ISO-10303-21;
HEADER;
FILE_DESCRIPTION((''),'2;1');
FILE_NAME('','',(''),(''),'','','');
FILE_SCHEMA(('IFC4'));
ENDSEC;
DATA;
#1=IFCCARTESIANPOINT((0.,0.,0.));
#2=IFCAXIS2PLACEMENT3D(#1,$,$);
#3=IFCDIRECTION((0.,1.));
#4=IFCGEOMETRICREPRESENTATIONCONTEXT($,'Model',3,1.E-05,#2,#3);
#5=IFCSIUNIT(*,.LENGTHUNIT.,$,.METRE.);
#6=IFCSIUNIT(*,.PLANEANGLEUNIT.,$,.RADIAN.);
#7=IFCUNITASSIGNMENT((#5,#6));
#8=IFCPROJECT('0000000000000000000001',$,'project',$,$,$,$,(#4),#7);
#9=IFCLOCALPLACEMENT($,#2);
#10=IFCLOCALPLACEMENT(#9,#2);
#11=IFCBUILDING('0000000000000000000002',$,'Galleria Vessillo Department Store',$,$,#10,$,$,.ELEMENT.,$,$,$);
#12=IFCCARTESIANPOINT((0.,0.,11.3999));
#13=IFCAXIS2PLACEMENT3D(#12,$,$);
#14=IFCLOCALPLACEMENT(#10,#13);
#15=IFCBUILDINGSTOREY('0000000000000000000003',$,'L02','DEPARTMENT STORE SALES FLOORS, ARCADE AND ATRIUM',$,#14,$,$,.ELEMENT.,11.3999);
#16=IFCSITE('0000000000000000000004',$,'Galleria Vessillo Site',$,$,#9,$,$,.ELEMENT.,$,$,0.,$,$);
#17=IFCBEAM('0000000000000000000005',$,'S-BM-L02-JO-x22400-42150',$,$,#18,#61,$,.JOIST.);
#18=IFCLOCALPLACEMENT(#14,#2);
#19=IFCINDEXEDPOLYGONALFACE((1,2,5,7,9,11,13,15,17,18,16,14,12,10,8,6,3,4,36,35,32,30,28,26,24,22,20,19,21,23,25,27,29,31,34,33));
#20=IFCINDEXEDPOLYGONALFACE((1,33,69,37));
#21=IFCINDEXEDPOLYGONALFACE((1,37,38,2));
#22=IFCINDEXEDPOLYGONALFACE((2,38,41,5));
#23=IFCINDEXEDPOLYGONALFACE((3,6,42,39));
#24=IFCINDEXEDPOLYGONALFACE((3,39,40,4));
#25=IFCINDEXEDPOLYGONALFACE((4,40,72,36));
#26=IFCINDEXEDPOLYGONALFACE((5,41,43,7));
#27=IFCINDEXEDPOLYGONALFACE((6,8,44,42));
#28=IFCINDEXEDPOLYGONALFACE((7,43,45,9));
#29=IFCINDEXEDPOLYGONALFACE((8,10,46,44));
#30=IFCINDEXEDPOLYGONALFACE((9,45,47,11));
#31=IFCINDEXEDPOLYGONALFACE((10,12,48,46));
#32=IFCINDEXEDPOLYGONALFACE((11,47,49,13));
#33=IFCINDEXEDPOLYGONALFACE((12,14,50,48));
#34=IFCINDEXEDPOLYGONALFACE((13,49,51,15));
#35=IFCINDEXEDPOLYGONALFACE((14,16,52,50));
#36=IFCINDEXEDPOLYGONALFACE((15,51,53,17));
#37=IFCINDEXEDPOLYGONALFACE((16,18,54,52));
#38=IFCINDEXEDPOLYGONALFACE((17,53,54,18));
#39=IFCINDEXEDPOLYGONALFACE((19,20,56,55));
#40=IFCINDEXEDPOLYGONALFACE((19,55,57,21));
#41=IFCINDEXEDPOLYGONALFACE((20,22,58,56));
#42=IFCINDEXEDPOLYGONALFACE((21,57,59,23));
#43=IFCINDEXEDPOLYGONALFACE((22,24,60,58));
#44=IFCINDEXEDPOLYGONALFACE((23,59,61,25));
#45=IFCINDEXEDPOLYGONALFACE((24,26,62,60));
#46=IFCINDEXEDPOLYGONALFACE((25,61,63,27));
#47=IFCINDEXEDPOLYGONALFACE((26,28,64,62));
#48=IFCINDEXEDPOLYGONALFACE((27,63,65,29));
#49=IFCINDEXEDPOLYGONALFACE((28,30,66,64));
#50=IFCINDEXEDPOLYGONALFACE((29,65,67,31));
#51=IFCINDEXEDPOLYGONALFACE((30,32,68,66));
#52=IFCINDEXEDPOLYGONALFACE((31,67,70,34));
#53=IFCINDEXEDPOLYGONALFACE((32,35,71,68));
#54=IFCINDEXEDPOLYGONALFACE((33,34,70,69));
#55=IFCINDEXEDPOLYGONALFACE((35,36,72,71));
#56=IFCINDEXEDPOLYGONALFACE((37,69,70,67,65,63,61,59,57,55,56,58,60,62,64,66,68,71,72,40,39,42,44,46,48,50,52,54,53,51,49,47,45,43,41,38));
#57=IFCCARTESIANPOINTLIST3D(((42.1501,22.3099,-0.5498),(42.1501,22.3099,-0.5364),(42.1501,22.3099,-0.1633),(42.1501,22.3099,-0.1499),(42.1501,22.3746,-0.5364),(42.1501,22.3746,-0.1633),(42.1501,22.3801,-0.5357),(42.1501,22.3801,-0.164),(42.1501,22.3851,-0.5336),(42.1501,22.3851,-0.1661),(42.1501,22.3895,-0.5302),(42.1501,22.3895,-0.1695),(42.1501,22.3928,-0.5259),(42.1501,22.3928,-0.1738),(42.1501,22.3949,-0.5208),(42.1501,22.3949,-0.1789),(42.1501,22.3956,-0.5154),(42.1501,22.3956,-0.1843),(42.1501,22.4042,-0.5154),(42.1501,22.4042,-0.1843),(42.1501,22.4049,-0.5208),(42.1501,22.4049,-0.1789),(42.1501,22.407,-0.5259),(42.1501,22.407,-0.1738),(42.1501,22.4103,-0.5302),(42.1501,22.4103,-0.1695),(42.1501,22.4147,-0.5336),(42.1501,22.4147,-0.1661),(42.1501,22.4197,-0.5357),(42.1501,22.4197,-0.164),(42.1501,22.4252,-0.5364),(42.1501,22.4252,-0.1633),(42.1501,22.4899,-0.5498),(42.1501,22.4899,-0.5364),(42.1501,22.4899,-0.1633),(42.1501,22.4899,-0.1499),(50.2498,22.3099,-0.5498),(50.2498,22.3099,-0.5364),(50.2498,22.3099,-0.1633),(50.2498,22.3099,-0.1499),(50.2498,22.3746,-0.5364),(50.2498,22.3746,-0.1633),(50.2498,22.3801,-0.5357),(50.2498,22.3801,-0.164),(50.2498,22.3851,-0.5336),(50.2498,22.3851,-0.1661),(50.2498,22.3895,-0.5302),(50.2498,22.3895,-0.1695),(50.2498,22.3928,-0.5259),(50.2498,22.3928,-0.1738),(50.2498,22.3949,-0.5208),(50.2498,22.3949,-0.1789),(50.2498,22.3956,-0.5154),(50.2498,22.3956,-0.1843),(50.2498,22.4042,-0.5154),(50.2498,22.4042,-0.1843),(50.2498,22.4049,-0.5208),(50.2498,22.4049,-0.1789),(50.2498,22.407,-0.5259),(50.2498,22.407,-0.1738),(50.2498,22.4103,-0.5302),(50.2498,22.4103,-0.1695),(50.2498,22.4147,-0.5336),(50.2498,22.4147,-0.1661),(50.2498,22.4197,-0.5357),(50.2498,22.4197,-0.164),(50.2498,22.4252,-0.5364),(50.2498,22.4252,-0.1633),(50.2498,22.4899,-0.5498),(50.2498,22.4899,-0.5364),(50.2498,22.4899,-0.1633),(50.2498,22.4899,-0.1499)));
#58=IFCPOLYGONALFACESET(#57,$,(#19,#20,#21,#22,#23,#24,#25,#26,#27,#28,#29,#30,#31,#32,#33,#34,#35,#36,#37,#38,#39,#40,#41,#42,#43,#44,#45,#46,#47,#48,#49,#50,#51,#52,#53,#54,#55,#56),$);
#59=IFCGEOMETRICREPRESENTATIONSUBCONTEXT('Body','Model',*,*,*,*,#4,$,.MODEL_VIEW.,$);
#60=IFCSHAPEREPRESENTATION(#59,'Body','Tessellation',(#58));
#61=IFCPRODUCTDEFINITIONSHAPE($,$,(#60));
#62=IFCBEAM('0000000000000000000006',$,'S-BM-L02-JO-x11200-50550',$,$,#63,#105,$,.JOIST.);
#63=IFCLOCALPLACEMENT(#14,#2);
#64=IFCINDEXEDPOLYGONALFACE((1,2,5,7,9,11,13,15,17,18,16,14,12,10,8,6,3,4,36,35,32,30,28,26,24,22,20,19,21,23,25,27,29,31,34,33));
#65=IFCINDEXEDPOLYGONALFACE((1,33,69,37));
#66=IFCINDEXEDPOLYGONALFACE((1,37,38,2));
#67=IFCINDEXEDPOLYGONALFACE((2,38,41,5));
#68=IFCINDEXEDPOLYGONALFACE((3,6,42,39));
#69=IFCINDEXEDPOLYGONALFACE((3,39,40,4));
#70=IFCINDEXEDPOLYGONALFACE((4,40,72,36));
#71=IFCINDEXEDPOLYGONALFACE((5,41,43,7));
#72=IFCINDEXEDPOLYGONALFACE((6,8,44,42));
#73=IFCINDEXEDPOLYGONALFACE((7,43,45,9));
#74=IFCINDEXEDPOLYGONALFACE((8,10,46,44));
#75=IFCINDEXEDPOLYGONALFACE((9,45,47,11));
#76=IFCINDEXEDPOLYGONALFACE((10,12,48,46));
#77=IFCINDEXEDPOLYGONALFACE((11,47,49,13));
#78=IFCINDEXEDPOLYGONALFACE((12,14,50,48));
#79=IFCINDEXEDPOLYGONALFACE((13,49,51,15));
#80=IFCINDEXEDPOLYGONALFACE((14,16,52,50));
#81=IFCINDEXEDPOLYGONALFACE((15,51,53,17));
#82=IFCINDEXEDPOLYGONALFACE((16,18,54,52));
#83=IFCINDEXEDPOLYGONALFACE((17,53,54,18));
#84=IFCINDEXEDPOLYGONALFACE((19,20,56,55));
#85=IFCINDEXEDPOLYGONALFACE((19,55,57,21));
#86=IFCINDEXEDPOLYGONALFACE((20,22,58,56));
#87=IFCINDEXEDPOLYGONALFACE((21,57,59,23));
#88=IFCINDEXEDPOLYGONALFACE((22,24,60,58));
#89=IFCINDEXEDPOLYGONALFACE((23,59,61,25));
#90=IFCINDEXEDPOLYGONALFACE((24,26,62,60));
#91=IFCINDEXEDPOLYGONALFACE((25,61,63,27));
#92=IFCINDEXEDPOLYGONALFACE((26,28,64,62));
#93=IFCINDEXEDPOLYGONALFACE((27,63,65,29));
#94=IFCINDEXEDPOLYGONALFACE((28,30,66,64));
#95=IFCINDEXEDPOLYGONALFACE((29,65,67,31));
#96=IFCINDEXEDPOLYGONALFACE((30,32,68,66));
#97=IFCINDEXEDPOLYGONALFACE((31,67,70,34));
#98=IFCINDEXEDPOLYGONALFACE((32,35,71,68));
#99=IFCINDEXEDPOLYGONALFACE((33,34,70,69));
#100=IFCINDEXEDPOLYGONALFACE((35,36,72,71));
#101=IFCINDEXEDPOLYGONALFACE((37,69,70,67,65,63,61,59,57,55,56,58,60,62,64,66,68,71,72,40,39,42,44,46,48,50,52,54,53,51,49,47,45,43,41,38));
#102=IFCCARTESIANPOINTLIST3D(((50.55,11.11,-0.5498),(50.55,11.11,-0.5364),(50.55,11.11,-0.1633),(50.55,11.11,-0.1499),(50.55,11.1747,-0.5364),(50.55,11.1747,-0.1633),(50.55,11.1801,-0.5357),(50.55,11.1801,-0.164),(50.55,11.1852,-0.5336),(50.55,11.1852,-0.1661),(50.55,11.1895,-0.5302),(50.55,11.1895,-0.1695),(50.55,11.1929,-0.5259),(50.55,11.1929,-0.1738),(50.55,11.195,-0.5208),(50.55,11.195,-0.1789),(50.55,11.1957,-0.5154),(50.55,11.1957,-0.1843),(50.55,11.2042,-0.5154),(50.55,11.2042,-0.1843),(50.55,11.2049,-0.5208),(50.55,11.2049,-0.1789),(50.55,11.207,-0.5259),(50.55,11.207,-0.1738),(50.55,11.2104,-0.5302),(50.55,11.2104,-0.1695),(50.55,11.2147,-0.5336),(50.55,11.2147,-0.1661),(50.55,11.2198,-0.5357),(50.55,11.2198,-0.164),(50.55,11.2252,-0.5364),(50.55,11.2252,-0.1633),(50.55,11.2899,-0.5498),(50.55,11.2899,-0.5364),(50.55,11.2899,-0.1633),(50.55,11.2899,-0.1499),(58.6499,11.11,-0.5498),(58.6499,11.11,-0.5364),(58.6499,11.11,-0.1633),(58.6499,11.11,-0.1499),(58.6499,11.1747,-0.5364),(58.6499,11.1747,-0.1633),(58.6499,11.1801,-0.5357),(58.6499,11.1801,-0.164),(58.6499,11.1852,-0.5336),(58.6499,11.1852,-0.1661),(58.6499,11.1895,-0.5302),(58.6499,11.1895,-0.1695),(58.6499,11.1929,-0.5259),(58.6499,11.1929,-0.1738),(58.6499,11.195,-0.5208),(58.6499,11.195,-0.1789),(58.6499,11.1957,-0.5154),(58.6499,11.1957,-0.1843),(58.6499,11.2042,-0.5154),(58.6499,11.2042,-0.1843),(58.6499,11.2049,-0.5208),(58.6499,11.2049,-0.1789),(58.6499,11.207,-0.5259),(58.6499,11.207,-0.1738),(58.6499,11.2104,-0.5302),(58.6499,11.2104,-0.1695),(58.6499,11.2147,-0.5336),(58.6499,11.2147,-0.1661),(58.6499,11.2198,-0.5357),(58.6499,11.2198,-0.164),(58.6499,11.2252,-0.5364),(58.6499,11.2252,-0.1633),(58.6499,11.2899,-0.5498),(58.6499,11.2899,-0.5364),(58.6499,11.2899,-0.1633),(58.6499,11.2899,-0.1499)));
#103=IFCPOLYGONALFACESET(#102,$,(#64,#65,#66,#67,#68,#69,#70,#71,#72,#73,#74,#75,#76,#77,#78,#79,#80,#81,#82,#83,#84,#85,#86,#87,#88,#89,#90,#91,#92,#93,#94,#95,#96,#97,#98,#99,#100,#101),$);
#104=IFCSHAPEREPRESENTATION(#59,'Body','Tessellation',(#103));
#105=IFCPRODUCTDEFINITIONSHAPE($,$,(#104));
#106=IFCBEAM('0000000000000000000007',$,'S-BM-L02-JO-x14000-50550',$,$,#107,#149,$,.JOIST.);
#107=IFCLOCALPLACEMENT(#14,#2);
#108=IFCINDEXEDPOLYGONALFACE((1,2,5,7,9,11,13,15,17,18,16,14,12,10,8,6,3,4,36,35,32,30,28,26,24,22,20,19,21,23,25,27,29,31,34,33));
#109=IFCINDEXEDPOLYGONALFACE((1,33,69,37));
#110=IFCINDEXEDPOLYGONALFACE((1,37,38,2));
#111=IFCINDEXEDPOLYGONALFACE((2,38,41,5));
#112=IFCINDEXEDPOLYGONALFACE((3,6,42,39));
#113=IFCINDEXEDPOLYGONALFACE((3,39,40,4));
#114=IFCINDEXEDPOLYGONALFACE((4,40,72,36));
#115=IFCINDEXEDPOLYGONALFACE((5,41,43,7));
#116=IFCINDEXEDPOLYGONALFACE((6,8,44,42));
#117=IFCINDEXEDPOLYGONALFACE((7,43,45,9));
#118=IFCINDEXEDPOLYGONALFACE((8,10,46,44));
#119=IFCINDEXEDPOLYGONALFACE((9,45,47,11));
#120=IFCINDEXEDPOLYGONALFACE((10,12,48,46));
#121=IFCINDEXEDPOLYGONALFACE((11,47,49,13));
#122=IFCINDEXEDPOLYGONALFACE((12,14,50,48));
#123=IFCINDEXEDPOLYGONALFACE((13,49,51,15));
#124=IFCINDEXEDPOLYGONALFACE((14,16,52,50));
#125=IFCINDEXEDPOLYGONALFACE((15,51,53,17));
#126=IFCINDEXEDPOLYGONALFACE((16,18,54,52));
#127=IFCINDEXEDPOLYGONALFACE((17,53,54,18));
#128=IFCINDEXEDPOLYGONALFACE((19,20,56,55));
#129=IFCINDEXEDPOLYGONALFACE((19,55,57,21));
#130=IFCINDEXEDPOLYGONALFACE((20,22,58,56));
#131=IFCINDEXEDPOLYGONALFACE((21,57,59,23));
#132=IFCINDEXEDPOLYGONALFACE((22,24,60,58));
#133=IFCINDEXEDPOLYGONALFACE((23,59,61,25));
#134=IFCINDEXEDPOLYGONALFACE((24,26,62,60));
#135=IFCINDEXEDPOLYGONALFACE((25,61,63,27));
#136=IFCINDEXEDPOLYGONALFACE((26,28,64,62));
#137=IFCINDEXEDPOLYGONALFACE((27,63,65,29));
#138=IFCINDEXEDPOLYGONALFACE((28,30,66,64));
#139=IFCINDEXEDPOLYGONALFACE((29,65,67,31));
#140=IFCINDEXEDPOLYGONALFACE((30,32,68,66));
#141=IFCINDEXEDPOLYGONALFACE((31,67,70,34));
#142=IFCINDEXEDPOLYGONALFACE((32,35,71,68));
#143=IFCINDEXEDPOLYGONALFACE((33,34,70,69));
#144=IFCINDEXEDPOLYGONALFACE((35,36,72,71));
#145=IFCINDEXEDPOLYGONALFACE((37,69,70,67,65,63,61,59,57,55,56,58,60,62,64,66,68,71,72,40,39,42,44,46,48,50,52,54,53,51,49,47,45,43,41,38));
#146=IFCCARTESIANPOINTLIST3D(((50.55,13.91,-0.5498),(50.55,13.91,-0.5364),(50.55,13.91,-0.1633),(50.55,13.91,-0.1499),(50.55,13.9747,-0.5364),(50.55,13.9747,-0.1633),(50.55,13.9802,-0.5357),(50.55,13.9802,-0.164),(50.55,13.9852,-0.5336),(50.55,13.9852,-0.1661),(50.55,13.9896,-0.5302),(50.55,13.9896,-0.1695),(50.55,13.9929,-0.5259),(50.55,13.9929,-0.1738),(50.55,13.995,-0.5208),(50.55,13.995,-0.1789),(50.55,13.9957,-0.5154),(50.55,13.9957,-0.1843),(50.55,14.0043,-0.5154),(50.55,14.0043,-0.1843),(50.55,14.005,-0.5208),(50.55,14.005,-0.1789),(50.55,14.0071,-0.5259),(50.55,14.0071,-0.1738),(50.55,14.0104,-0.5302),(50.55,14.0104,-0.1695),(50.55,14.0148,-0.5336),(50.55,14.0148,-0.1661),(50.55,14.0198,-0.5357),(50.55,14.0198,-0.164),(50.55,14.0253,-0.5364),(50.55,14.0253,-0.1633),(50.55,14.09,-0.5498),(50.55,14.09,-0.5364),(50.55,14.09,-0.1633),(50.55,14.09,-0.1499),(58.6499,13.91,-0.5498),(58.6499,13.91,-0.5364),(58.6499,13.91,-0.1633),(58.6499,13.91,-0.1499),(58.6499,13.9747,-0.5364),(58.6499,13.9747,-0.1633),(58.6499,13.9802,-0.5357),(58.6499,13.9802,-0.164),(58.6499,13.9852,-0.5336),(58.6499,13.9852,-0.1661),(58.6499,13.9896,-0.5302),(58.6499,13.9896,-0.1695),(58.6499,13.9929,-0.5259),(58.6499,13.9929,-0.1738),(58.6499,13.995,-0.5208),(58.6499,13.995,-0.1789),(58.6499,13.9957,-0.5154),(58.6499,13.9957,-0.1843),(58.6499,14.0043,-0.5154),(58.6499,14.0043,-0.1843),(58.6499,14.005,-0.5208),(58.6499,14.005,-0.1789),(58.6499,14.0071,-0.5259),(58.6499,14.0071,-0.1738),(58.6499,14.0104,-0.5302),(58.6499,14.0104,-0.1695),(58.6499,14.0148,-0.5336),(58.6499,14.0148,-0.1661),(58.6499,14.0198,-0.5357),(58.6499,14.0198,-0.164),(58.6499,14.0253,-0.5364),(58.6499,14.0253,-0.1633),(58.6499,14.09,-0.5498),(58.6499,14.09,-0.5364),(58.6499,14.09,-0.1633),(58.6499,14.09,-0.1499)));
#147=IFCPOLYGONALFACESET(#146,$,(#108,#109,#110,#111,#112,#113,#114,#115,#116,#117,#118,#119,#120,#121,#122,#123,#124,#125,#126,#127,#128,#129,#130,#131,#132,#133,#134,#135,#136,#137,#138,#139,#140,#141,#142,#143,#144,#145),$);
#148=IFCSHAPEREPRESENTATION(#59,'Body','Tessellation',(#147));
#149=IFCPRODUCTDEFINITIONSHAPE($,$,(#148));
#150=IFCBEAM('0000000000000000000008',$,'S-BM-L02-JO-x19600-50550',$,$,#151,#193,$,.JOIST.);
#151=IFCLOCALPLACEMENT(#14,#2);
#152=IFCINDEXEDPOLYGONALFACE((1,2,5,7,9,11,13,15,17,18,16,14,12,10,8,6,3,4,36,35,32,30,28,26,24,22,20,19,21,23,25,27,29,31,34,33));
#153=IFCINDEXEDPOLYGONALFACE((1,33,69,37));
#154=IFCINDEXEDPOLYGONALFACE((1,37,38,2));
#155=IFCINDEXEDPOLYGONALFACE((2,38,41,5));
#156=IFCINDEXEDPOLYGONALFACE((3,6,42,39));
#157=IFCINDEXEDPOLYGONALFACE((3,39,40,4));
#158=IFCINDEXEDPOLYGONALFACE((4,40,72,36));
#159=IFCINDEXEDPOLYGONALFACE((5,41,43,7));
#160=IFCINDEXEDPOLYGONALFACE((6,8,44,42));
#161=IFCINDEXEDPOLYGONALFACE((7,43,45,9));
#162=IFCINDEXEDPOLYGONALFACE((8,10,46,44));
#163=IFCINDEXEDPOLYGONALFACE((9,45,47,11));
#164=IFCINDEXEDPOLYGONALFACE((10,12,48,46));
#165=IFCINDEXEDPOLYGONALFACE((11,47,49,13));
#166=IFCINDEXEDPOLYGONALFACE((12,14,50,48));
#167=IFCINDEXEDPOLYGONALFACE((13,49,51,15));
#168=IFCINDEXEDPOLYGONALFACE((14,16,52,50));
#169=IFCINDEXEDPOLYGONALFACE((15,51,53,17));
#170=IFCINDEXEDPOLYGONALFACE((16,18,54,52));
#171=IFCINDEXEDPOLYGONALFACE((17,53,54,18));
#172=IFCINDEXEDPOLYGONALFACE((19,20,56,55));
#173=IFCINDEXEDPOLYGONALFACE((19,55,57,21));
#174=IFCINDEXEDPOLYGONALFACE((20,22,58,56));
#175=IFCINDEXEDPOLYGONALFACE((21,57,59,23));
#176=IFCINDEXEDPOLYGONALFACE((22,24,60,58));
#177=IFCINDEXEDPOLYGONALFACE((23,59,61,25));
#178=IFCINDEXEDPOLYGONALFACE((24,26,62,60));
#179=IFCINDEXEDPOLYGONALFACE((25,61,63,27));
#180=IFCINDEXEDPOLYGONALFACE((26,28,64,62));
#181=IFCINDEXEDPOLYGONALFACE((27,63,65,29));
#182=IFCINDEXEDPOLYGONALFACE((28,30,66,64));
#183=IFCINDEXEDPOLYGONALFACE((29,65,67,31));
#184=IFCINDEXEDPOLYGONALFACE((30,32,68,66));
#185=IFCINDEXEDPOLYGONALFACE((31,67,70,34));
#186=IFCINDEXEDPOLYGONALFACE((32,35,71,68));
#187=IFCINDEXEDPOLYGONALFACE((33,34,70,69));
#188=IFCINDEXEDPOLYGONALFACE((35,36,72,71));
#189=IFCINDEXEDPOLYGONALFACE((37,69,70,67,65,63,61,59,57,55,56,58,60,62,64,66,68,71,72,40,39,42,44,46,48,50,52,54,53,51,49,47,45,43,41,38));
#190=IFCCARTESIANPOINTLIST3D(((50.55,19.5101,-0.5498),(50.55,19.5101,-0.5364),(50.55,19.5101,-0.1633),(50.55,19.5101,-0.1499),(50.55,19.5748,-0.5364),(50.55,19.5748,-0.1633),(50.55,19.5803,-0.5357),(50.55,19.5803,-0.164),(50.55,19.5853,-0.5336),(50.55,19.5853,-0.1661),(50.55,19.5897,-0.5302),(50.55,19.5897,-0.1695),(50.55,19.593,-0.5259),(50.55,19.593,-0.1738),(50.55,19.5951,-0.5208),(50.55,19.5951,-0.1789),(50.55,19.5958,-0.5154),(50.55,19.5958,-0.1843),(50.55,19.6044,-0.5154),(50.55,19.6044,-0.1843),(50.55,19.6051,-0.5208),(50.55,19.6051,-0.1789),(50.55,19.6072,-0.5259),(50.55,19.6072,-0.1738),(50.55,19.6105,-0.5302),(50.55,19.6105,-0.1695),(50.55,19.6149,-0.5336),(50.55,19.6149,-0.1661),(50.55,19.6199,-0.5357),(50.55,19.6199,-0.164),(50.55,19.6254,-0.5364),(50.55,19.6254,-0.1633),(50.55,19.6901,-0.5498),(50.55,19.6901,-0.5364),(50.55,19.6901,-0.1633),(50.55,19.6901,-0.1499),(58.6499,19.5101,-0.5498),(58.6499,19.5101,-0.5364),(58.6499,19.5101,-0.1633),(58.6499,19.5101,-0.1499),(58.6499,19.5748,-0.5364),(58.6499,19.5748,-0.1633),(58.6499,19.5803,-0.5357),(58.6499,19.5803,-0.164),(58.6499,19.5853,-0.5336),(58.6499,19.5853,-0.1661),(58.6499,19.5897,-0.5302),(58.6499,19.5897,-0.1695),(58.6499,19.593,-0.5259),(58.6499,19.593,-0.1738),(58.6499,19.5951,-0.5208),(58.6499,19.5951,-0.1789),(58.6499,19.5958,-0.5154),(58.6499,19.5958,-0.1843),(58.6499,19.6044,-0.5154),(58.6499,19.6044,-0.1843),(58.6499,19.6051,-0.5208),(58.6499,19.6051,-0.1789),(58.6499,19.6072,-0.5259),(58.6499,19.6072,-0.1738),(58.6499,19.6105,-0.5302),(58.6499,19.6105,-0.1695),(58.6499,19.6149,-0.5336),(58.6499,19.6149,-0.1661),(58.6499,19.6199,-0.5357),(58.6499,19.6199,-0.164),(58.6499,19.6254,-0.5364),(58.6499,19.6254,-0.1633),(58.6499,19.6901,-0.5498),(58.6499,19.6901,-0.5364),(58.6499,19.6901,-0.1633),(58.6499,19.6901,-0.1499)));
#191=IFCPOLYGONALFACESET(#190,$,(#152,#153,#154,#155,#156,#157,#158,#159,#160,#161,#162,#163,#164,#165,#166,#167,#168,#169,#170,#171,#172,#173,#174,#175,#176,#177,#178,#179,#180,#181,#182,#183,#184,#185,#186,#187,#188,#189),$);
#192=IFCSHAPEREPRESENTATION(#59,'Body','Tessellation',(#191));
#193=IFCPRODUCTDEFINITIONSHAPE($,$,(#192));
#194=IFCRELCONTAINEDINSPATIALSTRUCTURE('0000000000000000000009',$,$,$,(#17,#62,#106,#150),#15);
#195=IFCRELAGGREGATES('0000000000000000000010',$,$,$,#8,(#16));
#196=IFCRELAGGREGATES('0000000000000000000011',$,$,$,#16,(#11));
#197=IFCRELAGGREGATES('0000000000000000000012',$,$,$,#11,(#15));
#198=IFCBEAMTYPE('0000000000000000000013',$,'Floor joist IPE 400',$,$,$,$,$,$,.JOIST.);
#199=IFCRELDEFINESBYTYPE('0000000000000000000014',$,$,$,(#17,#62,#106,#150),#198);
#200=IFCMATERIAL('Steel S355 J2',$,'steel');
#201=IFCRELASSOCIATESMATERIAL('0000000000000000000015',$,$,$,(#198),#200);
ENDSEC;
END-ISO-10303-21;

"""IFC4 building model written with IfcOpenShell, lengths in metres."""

from ifc_helpers import new_model, si_unit, direction, frame, origin, origin_2d, place, context, subcontext, project, spatial, i_section, extrude, material, material_profile, profile_set, type_object, element, save


model = new_model("IFC4")

# Units and contexts
model_context = context("Model", 3, precision=1e-05, world=origin(), true_north=direction((0.0, 1.0)))
body_context = subcontext(model_context, "Body", "Model", "MODEL_VIEW")
ifc_project = project(units=[si_unit("LENGTHUNIT", "METRE"), si_unit("PLANEANGLEUNIT", "RADIAN")], contexts=[model_context])

# Site, building, storey
site_placement = place(None, origin())
site = spatial("IfcSite", under=ifc_project, at=site_placement, Name="Galleria Vessillo Site", CompositionType="ELEMENT", RefElevation=0.0)
building_placement = place(site_placement, origin())
building = spatial("IfcBuilding", under=site, at=building_placement, Name="Galleria Vessillo Department Store", CompositionType="ELEMENT")
storey_placement = place(building_placement, frame((0.0, 0.0, 11.3999)))
storey = spatial("IfcBuildingStorey", under=building, at=storey_placement, Name="L02", Description="DEPARTMENT STORE SALES FLOORS, ARCADE AND ATRIUM", CompositionType="ELEMENT", Elevation=11.3999)

# Beams
ifc_material_1 = material(Name="Steel S355 J2", Category="steel")
ifc_material_profile_1 = material_profile(ifc_material_1, i_section(OverallWidth=0.1799, OverallDepth=0.3999, WebThickness=0.0085, FlangeThickness=0.0134, FilletRadius=0.021, at=origin_2d()), Name="IPE 400")
ifc_profile_set_1 = profile_set([ifc_material_profile_1], Name="Steel S355 J2")
beam_type_1 = type_object("IfcBeamType", Name="Floor joist IPE 400", PredefinedType="JOIST", material=ifc_profile_set_1)
for number, where, z_axis, x_axis, name in (
    (1, (42.1501, 22.3999, -0.3499), (1.0, 0.0, 0.0), (0.0, 1.0, 0.0), "S-BM-L02-JO-x22400-42150"),
):
    element("IfcBeam", number, at=place(storey_placement, frame(where, z_axis=z_axis, x_axis=x_axis)), inside=storey, type_object=beam_type_1, Name=name, PredefinedType="JOIST", context=body_context, shape_type="SweptSolid", body=[
        extrude(i_section(OverallWidth=0.1799, OverallDepth=0.3999, WebThickness=0.0085, FlangeThickness=0.0134, FilletRadius=0.021, at=origin_2d()), origin(), (0.0, 0.0, 1.0), 8.0996),
    ])
for number, where, z_axis, x_axis, name in (
    (2, (50.55, 11.2, -0.3499), (1.0, 0.0, 0.0), (0.0, 1.0, 0.0), "S-BM-L02-JO-x11200-50550"),
    (3, (50.55, 14.0, -0.3499), (1.0, 0.0, 0.0), (0.0, 1.0, 0.0), "S-BM-L02-JO-x14000-50550"),
    (4, (50.55, 19.6001, -0.3499), (1.0, 0.0, 0.0), (0.0, 1.0, 0.0), "S-BM-L02-JO-x19600-50550"),
):
    element("IfcBeam", number, at=place(storey_placement, frame(where, z_axis=z_axis, x_axis=x_axis)), inside=storey, type_object=beam_type_1, Name=name, PredefinedType="JOIST", context=body_context, shape_type="SweptSolid", body=[
        extrude(i_section(OverallWidth=0.1799, OverallDepth=0.3999, WebThickness=0.0085, FlangeThickness=0.0134, FilletRadius=0.021, at=origin_2d()), origin(), (0.0, 0.0, 1.0), 8.0999),
    ])

save(model, "model.ifc")
